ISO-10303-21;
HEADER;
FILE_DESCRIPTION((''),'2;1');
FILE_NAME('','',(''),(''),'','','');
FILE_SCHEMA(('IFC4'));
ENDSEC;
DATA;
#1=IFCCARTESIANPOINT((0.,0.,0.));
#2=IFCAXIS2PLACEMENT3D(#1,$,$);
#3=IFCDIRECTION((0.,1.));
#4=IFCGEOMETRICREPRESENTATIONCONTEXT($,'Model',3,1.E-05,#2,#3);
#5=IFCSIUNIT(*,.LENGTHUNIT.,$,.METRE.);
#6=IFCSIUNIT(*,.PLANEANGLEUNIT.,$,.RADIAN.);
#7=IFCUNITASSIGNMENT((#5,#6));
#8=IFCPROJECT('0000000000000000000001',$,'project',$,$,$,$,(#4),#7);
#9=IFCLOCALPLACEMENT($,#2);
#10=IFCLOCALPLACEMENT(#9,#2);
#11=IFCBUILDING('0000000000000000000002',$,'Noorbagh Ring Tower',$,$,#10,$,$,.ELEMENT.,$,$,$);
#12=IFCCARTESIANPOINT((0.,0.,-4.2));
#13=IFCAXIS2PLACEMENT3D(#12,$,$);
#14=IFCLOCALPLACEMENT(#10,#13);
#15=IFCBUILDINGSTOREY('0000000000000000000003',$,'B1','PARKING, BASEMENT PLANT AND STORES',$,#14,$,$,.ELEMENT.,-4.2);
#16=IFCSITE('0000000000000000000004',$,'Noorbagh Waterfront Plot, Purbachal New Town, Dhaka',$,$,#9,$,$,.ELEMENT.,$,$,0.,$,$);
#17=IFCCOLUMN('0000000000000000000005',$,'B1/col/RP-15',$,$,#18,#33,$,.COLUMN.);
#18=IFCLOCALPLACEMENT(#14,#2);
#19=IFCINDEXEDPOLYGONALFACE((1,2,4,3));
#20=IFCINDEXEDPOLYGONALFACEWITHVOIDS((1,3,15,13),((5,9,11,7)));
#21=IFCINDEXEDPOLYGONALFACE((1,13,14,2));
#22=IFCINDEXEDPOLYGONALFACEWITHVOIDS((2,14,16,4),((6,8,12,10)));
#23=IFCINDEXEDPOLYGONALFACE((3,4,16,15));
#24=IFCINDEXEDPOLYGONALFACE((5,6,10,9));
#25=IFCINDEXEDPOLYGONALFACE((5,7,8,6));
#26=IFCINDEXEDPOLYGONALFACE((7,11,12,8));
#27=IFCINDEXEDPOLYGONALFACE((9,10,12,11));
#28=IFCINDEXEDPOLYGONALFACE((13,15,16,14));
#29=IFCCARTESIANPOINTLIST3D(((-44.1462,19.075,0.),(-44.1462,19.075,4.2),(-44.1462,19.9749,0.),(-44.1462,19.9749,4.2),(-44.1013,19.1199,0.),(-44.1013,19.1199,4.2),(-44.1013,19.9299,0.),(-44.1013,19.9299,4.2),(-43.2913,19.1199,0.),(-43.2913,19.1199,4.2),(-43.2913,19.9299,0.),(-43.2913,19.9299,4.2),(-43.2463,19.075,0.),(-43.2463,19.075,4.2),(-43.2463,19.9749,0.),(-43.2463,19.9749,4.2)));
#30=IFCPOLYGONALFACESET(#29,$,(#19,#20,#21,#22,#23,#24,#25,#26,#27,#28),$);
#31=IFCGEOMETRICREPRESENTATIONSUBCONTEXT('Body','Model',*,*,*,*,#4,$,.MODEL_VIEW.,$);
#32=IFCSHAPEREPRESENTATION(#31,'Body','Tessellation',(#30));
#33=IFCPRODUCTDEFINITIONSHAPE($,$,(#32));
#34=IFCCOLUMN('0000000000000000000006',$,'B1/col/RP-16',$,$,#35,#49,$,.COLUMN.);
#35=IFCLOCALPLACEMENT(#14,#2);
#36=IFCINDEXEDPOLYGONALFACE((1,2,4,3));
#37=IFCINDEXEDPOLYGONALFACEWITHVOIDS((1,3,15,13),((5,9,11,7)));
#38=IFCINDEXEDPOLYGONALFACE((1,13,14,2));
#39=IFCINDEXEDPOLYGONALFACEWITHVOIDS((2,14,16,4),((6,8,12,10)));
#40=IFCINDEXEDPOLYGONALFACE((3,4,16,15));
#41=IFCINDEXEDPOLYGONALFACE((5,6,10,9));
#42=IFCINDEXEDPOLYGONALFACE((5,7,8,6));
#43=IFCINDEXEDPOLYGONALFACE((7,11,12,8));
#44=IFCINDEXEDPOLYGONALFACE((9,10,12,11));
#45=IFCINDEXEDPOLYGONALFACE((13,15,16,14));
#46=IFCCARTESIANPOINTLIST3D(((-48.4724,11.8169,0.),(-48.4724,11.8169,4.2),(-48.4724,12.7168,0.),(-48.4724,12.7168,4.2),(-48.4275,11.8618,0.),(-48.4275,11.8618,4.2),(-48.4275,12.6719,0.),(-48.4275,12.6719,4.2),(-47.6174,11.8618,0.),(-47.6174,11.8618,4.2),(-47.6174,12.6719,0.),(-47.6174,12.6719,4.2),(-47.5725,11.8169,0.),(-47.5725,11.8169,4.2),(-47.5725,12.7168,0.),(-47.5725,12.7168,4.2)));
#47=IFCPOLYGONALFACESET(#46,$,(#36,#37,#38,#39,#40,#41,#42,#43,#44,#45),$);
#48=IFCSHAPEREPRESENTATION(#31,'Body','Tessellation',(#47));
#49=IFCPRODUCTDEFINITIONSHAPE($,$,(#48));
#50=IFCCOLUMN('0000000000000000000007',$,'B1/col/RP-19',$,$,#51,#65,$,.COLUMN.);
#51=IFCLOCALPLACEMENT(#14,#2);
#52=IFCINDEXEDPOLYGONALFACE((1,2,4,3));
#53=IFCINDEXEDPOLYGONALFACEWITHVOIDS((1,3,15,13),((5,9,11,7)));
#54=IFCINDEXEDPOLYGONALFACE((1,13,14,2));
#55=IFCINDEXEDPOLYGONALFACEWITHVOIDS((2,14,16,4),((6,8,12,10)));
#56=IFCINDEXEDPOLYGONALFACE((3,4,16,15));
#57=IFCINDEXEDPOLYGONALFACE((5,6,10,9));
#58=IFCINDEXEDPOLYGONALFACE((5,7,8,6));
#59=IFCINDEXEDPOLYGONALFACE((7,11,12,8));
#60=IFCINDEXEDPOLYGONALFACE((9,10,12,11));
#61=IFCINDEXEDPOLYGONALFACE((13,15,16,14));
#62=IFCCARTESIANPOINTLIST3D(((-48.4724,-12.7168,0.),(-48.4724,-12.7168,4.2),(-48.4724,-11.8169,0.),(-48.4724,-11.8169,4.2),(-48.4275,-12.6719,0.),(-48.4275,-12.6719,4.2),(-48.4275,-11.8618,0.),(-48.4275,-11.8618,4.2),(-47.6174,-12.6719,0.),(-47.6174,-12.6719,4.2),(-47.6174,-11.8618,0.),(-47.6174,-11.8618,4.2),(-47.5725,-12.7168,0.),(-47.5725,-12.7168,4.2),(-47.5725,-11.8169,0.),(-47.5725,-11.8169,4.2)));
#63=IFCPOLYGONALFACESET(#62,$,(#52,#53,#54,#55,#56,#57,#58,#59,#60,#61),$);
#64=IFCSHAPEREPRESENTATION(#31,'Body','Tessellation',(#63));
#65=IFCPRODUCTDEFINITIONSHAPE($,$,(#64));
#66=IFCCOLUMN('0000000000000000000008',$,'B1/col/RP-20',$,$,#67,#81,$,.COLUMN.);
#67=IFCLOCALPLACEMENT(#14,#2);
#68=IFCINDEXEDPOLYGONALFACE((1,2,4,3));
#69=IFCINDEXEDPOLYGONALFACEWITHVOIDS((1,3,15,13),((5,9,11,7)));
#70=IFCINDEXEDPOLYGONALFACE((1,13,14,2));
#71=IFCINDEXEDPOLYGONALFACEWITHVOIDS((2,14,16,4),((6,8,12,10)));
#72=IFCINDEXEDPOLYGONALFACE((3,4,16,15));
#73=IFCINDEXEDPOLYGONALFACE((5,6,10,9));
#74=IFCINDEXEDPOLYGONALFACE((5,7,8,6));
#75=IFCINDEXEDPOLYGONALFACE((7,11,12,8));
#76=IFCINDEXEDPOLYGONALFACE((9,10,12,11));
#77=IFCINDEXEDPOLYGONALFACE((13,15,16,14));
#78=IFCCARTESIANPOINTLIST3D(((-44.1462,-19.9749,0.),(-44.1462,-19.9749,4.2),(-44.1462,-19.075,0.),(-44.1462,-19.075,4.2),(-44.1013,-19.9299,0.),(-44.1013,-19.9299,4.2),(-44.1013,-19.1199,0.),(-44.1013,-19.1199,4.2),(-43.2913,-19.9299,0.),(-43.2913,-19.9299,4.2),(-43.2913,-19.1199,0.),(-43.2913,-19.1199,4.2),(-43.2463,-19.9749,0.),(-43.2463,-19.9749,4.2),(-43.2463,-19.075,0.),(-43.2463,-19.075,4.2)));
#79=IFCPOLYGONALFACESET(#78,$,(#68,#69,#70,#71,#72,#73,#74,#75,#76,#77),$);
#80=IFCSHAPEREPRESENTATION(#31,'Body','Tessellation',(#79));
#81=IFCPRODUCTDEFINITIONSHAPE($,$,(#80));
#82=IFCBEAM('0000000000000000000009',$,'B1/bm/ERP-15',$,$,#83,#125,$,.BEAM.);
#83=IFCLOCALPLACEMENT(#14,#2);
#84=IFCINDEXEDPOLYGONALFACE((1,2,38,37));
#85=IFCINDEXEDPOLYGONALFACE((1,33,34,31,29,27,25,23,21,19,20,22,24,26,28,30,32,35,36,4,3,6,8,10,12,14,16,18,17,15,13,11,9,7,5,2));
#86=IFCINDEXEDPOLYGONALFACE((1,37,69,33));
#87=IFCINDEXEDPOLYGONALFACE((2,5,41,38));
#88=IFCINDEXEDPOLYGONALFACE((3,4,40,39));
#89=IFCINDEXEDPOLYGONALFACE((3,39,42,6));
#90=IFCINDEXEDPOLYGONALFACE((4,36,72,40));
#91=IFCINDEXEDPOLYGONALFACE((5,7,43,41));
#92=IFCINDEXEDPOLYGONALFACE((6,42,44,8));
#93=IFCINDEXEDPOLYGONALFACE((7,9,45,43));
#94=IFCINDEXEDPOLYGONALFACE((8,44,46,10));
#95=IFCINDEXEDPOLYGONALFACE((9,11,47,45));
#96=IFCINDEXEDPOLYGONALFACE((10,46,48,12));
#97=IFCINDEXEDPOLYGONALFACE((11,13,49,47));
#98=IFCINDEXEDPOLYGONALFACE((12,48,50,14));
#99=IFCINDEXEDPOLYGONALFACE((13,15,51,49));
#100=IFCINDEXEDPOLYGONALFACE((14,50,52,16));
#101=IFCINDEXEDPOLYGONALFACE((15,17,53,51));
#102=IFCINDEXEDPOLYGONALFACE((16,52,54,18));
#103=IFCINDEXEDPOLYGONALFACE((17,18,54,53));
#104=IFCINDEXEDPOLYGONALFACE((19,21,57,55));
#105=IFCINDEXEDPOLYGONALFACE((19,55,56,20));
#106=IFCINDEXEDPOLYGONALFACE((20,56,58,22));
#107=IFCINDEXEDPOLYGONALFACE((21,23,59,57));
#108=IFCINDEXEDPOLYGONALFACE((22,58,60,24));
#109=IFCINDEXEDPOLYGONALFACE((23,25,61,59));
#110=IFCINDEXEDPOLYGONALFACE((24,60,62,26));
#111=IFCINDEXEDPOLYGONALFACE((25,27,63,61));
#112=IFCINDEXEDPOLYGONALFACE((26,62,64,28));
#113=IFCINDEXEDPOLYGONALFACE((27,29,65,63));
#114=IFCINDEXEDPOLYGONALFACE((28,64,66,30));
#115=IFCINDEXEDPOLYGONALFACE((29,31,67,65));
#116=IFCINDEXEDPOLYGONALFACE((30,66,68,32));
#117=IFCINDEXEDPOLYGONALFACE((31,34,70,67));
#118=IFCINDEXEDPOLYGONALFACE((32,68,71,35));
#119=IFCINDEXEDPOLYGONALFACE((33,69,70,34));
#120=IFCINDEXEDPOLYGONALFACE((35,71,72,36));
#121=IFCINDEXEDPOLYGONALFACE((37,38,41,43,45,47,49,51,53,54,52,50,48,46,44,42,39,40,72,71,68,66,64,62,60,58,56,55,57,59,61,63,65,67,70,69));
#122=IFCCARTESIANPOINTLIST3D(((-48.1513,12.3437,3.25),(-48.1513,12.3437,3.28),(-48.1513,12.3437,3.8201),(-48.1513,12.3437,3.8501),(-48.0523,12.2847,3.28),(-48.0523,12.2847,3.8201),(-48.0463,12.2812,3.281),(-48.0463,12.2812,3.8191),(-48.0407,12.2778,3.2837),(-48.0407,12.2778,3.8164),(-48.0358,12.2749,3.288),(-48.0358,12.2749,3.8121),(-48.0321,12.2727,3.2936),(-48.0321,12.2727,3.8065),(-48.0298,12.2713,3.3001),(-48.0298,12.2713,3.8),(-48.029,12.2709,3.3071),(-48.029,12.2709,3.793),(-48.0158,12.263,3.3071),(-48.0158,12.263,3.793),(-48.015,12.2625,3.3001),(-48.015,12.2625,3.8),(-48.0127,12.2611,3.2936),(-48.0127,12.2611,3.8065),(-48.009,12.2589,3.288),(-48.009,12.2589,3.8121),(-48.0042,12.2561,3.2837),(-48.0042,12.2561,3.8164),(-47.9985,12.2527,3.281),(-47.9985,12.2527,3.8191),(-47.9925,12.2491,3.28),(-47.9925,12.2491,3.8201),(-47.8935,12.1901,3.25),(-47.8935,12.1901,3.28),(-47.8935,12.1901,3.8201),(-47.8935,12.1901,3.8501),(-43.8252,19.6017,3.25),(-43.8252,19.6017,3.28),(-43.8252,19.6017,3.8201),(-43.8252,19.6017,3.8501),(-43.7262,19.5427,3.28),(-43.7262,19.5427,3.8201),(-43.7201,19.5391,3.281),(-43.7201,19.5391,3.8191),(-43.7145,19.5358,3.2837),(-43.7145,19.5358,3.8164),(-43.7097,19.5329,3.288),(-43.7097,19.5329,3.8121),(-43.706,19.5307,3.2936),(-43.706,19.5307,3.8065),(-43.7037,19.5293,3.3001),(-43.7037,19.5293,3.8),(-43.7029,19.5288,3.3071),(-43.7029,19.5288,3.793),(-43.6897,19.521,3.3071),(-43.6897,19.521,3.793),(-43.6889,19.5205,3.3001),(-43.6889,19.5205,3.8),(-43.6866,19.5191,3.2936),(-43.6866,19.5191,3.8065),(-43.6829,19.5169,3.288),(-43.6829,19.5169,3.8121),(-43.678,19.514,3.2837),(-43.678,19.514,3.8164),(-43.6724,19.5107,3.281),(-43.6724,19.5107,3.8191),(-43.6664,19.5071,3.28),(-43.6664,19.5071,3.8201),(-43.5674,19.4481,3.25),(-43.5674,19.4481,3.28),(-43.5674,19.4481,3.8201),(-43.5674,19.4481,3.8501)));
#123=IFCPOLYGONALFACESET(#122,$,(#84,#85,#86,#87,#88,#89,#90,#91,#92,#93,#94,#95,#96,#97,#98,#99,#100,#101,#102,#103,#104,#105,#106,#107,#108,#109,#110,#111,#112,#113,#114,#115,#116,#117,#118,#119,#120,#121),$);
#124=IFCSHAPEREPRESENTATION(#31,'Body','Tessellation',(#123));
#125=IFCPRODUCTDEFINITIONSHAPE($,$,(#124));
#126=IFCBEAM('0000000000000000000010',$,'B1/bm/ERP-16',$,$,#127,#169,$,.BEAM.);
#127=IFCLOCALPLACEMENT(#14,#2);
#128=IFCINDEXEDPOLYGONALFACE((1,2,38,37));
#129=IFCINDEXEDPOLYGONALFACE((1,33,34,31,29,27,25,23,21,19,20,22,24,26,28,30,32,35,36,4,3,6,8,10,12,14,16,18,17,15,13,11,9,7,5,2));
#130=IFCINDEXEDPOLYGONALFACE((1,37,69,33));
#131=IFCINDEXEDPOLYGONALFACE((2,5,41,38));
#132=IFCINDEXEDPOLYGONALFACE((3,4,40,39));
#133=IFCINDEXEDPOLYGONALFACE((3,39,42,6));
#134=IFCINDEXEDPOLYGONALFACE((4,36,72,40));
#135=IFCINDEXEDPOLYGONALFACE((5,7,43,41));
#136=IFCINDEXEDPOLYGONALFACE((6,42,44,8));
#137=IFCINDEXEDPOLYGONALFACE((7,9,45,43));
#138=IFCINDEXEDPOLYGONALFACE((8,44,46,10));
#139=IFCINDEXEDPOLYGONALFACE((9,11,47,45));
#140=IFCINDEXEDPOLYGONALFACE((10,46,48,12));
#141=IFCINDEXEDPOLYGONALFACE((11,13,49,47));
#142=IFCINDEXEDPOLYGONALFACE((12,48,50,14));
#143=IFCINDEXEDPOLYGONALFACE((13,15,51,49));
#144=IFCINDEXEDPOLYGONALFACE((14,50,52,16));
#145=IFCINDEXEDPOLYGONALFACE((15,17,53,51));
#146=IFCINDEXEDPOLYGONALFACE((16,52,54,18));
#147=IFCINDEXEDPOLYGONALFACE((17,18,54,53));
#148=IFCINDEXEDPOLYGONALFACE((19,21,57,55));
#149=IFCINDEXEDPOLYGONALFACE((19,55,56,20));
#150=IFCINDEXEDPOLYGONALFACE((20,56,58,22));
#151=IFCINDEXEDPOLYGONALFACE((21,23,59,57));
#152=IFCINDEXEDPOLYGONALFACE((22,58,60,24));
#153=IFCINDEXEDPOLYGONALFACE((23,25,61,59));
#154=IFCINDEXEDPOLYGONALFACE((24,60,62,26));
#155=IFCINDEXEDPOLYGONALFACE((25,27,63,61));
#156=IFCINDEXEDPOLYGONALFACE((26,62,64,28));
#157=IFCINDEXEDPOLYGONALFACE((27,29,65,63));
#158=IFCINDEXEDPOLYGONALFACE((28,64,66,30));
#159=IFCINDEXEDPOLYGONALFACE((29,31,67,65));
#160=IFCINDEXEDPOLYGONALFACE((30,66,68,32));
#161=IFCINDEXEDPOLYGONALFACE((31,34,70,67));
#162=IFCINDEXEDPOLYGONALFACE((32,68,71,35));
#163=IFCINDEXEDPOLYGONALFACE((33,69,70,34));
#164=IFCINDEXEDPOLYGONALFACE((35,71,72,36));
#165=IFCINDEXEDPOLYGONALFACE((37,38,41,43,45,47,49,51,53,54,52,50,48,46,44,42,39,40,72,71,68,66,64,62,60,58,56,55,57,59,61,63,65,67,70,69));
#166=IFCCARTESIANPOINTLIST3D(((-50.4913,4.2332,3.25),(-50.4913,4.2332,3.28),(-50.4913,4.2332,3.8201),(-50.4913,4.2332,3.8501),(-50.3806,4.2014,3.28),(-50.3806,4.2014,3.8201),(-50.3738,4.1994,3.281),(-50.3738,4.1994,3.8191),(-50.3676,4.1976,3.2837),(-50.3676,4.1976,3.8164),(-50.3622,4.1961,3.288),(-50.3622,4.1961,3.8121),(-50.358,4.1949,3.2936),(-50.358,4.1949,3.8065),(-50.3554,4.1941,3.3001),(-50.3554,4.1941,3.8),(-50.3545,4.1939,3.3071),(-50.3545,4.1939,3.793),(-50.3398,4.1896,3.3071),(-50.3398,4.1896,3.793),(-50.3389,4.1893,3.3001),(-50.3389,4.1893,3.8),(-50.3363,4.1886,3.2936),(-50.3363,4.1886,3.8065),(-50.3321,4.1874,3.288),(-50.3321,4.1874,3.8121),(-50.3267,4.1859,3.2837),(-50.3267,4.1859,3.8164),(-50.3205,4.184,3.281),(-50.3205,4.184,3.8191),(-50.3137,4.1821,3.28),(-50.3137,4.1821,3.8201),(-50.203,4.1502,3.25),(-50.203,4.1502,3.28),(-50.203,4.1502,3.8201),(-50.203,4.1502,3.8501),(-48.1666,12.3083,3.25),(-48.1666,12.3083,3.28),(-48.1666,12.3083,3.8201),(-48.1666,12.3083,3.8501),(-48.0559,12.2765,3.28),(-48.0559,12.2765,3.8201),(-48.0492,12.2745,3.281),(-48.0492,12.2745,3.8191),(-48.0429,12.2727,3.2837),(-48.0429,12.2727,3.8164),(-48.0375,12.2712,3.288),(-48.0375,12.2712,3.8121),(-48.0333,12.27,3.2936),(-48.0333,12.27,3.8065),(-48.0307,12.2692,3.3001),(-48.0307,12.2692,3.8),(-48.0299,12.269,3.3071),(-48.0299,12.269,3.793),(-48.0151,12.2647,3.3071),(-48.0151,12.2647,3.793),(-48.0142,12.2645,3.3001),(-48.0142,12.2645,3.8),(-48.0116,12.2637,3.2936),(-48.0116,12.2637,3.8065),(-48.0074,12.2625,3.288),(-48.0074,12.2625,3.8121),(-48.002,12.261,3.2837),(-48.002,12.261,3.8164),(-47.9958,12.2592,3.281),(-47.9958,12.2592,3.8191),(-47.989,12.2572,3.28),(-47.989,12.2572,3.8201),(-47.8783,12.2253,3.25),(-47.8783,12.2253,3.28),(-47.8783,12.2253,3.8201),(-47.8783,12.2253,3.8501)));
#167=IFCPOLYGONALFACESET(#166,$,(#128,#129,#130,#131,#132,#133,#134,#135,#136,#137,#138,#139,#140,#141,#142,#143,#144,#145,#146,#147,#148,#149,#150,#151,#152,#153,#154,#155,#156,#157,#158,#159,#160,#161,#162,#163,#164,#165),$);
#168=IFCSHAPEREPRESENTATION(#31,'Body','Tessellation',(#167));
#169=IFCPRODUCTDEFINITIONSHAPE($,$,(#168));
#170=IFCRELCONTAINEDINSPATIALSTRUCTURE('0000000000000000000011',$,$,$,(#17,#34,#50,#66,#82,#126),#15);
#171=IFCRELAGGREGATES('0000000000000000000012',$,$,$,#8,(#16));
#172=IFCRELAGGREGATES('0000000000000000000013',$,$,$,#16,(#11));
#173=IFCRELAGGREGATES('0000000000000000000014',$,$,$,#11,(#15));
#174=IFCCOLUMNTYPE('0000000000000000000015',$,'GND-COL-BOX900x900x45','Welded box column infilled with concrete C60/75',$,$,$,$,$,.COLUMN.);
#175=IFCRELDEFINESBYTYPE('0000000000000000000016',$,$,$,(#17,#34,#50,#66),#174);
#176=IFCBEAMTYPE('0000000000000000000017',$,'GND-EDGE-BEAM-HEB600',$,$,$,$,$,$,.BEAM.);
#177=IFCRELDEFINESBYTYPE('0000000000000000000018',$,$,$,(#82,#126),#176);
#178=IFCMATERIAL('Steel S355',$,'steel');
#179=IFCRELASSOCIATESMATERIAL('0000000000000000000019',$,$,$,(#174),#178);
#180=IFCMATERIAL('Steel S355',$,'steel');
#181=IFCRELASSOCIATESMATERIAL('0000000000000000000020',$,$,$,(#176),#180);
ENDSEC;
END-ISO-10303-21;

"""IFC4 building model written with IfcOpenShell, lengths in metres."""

from ifc_helpers import new_model, si_unit, direction, frame, origin, origin_2d, place, context, subcontext, project, spatial, hollow_rectangle, i_section, extrude, material, material_profile, profile_set, type_object, element, save


model = new_model("IFC4")

# Units and contexts
model_context = context("Model", 3, precision=1e-05, world=origin(), true_north=direction((0.0, 1.0)))
body_context = subcontext(model_context, "Body", "Model", "MODEL_VIEW")
ifc_project = project(units=[si_unit("LENGTHUNIT", "METRE"), si_unit("PLANEANGLEUNIT", "RADIAN")], contexts=[model_context])

# Site, building, storey
site_placement = place(None, origin())
site = spatial("IfcSite", under=ifc_project, at=site_placement, Name="Noorbagh Waterfront Plot, Purbachal New Town, Dhaka", CompositionType="ELEMENT", RefElevation=0.0)
building_placement = place(site_placement, origin())
building = spatial("IfcBuilding", under=site, at=building_placement, Name="Noorbagh Ring Tower", CompositionType="ELEMENT")
storey_placement = place(building_placement, frame((0.0, 0.0, -4.2)))
storey = spatial("IfcBuildingStorey", under=building, at=storey_placement, Name="B1", Description="PARKING, BASEMENT PLANT AND STORES", CompositionType="ELEMENT", Elevation=-4.2)

# Columns
ifc_material_1 = material(Name="Steel S355", Category="steel")
ifc_material_profile_1 = material_profile(ifc_material_1, hollow_rectangle(XDim=0.8999, YDim=0.8999, WallThickness=0.0449, at=origin_2d()), Name="BOX900x900x45")
ifc_profile_set_1 = profile_set([ifc_material_profile_1], Name="Steel S355")
column_type = type_object("IfcColumnType", Name="GND-COL-BOX900x900x45", Description="Welded box column infilled with concrete C60/75", PredefinedType="COLUMN", material=ifc_profile_set_1)
for number, where, z_axis, x_axis, name in (
    (1, (-43.6963, 19.5249, 0.0), (0.0, 0.0, 1.0), (1.0, 0.0, 0.0), "B1/col/RP-15"),
    (2, (-48.0225, 12.2668, 0.0), (0.0, 0.0, 1.0), (1.0, 0.0, 0.0), "B1/col/RP-16"),
    (3, (-48.0225, -12.2668, 0.0), (0.0, 0.0, 1.0), (1.0, 0.0, 0.0), "B1/col/RP-19"),
    (4, (-43.6963, -19.5249, 0.0), (0.0, 0.0, 1.0), (1.0, 0.0, 0.0), "B1/col/RP-20"),
):
    element("IfcColumn", number, at=place(storey_placement, frame(where, z_axis=z_axis, x_axis=x_axis)), inside=storey, type_object=column_type, Name=name, PredefinedType="COLUMN", context=body_context, shape_type="SweptSolid", body=[
        extrude(hollow_rectangle(XDim=0.8999, YDim=0.8999, WallThickness=0.0449, at=origin_2d()), origin(), (0.0, 0.0, 1.0), 4.2),
    ])

# Beams
ifc_material_2 = material(Name="Steel S355", Category="steel")
ifc_material_profile_2 = material_profile(ifc_material_2, i_section(OverallWidth=0.3, OverallDepth=0.6001, WebThickness=0.0154, FlangeThickness=0.03, FilletRadius=0.0271, at=origin_2d()), Name="HEB600")
ifc_profile_set_2 = profile_set([ifc_material_profile_2], Name="Steel S355")
beam_type_1 = type_object("IfcBeamType", Name="GND-EDGE-BEAM-HEB600", PredefinedType="BEAM", material=ifc_profile_set_2)
beam_1_placement = place(storey_placement, frame((-43.6963, 19.5249, 3.55), z_axis=(-0.511999, -0.858986, 0.0), x_axis=(0.858986, -0.511999, 0.0)))
element("IfcBeam", 5, at=beam_1_placement, inside=storey, type_object=beam_type_1, Name="B1/bm/ERP-15", PredefinedType="BEAM", context=body_context, shape_type="SweptSolid", body=[
    extrude(i_section(OverallWidth=0.3, OverallDepth=0.6001, WebThickness=0.0154, FlangeThickness=0.03, FilletRadius=0.0271, at=origin_2d()), origin(), (0.0, 0.0, 1.0), 8.4495),
])
beam_2_placement = place(storey_placement, frame((-48.0225, 12.2668, 3.55), z_axis=(-0.276647, -0.960972, 0.0), x_axis=(0.960972, -0.276647, 0.0)))
element("IfcBeam", 6, at=beam_2_placement, inside=storey, type_object=beam_type_1, Name="B1/bm/ERP-16", PredefinedType="BEAM", context=body_context, shape_type="SweptSolid", body=[
    extrude(i_section(OverallWidth=0.3, OverallDepth=0.6001, WebThickness=0.0154, FlangeThickness=0.03, FilletRadius=0.0271, at=origin_2d()), origin(), (0.0, 0.0, 1.0), 8.4031),
])

save(model, "model.ifc")
